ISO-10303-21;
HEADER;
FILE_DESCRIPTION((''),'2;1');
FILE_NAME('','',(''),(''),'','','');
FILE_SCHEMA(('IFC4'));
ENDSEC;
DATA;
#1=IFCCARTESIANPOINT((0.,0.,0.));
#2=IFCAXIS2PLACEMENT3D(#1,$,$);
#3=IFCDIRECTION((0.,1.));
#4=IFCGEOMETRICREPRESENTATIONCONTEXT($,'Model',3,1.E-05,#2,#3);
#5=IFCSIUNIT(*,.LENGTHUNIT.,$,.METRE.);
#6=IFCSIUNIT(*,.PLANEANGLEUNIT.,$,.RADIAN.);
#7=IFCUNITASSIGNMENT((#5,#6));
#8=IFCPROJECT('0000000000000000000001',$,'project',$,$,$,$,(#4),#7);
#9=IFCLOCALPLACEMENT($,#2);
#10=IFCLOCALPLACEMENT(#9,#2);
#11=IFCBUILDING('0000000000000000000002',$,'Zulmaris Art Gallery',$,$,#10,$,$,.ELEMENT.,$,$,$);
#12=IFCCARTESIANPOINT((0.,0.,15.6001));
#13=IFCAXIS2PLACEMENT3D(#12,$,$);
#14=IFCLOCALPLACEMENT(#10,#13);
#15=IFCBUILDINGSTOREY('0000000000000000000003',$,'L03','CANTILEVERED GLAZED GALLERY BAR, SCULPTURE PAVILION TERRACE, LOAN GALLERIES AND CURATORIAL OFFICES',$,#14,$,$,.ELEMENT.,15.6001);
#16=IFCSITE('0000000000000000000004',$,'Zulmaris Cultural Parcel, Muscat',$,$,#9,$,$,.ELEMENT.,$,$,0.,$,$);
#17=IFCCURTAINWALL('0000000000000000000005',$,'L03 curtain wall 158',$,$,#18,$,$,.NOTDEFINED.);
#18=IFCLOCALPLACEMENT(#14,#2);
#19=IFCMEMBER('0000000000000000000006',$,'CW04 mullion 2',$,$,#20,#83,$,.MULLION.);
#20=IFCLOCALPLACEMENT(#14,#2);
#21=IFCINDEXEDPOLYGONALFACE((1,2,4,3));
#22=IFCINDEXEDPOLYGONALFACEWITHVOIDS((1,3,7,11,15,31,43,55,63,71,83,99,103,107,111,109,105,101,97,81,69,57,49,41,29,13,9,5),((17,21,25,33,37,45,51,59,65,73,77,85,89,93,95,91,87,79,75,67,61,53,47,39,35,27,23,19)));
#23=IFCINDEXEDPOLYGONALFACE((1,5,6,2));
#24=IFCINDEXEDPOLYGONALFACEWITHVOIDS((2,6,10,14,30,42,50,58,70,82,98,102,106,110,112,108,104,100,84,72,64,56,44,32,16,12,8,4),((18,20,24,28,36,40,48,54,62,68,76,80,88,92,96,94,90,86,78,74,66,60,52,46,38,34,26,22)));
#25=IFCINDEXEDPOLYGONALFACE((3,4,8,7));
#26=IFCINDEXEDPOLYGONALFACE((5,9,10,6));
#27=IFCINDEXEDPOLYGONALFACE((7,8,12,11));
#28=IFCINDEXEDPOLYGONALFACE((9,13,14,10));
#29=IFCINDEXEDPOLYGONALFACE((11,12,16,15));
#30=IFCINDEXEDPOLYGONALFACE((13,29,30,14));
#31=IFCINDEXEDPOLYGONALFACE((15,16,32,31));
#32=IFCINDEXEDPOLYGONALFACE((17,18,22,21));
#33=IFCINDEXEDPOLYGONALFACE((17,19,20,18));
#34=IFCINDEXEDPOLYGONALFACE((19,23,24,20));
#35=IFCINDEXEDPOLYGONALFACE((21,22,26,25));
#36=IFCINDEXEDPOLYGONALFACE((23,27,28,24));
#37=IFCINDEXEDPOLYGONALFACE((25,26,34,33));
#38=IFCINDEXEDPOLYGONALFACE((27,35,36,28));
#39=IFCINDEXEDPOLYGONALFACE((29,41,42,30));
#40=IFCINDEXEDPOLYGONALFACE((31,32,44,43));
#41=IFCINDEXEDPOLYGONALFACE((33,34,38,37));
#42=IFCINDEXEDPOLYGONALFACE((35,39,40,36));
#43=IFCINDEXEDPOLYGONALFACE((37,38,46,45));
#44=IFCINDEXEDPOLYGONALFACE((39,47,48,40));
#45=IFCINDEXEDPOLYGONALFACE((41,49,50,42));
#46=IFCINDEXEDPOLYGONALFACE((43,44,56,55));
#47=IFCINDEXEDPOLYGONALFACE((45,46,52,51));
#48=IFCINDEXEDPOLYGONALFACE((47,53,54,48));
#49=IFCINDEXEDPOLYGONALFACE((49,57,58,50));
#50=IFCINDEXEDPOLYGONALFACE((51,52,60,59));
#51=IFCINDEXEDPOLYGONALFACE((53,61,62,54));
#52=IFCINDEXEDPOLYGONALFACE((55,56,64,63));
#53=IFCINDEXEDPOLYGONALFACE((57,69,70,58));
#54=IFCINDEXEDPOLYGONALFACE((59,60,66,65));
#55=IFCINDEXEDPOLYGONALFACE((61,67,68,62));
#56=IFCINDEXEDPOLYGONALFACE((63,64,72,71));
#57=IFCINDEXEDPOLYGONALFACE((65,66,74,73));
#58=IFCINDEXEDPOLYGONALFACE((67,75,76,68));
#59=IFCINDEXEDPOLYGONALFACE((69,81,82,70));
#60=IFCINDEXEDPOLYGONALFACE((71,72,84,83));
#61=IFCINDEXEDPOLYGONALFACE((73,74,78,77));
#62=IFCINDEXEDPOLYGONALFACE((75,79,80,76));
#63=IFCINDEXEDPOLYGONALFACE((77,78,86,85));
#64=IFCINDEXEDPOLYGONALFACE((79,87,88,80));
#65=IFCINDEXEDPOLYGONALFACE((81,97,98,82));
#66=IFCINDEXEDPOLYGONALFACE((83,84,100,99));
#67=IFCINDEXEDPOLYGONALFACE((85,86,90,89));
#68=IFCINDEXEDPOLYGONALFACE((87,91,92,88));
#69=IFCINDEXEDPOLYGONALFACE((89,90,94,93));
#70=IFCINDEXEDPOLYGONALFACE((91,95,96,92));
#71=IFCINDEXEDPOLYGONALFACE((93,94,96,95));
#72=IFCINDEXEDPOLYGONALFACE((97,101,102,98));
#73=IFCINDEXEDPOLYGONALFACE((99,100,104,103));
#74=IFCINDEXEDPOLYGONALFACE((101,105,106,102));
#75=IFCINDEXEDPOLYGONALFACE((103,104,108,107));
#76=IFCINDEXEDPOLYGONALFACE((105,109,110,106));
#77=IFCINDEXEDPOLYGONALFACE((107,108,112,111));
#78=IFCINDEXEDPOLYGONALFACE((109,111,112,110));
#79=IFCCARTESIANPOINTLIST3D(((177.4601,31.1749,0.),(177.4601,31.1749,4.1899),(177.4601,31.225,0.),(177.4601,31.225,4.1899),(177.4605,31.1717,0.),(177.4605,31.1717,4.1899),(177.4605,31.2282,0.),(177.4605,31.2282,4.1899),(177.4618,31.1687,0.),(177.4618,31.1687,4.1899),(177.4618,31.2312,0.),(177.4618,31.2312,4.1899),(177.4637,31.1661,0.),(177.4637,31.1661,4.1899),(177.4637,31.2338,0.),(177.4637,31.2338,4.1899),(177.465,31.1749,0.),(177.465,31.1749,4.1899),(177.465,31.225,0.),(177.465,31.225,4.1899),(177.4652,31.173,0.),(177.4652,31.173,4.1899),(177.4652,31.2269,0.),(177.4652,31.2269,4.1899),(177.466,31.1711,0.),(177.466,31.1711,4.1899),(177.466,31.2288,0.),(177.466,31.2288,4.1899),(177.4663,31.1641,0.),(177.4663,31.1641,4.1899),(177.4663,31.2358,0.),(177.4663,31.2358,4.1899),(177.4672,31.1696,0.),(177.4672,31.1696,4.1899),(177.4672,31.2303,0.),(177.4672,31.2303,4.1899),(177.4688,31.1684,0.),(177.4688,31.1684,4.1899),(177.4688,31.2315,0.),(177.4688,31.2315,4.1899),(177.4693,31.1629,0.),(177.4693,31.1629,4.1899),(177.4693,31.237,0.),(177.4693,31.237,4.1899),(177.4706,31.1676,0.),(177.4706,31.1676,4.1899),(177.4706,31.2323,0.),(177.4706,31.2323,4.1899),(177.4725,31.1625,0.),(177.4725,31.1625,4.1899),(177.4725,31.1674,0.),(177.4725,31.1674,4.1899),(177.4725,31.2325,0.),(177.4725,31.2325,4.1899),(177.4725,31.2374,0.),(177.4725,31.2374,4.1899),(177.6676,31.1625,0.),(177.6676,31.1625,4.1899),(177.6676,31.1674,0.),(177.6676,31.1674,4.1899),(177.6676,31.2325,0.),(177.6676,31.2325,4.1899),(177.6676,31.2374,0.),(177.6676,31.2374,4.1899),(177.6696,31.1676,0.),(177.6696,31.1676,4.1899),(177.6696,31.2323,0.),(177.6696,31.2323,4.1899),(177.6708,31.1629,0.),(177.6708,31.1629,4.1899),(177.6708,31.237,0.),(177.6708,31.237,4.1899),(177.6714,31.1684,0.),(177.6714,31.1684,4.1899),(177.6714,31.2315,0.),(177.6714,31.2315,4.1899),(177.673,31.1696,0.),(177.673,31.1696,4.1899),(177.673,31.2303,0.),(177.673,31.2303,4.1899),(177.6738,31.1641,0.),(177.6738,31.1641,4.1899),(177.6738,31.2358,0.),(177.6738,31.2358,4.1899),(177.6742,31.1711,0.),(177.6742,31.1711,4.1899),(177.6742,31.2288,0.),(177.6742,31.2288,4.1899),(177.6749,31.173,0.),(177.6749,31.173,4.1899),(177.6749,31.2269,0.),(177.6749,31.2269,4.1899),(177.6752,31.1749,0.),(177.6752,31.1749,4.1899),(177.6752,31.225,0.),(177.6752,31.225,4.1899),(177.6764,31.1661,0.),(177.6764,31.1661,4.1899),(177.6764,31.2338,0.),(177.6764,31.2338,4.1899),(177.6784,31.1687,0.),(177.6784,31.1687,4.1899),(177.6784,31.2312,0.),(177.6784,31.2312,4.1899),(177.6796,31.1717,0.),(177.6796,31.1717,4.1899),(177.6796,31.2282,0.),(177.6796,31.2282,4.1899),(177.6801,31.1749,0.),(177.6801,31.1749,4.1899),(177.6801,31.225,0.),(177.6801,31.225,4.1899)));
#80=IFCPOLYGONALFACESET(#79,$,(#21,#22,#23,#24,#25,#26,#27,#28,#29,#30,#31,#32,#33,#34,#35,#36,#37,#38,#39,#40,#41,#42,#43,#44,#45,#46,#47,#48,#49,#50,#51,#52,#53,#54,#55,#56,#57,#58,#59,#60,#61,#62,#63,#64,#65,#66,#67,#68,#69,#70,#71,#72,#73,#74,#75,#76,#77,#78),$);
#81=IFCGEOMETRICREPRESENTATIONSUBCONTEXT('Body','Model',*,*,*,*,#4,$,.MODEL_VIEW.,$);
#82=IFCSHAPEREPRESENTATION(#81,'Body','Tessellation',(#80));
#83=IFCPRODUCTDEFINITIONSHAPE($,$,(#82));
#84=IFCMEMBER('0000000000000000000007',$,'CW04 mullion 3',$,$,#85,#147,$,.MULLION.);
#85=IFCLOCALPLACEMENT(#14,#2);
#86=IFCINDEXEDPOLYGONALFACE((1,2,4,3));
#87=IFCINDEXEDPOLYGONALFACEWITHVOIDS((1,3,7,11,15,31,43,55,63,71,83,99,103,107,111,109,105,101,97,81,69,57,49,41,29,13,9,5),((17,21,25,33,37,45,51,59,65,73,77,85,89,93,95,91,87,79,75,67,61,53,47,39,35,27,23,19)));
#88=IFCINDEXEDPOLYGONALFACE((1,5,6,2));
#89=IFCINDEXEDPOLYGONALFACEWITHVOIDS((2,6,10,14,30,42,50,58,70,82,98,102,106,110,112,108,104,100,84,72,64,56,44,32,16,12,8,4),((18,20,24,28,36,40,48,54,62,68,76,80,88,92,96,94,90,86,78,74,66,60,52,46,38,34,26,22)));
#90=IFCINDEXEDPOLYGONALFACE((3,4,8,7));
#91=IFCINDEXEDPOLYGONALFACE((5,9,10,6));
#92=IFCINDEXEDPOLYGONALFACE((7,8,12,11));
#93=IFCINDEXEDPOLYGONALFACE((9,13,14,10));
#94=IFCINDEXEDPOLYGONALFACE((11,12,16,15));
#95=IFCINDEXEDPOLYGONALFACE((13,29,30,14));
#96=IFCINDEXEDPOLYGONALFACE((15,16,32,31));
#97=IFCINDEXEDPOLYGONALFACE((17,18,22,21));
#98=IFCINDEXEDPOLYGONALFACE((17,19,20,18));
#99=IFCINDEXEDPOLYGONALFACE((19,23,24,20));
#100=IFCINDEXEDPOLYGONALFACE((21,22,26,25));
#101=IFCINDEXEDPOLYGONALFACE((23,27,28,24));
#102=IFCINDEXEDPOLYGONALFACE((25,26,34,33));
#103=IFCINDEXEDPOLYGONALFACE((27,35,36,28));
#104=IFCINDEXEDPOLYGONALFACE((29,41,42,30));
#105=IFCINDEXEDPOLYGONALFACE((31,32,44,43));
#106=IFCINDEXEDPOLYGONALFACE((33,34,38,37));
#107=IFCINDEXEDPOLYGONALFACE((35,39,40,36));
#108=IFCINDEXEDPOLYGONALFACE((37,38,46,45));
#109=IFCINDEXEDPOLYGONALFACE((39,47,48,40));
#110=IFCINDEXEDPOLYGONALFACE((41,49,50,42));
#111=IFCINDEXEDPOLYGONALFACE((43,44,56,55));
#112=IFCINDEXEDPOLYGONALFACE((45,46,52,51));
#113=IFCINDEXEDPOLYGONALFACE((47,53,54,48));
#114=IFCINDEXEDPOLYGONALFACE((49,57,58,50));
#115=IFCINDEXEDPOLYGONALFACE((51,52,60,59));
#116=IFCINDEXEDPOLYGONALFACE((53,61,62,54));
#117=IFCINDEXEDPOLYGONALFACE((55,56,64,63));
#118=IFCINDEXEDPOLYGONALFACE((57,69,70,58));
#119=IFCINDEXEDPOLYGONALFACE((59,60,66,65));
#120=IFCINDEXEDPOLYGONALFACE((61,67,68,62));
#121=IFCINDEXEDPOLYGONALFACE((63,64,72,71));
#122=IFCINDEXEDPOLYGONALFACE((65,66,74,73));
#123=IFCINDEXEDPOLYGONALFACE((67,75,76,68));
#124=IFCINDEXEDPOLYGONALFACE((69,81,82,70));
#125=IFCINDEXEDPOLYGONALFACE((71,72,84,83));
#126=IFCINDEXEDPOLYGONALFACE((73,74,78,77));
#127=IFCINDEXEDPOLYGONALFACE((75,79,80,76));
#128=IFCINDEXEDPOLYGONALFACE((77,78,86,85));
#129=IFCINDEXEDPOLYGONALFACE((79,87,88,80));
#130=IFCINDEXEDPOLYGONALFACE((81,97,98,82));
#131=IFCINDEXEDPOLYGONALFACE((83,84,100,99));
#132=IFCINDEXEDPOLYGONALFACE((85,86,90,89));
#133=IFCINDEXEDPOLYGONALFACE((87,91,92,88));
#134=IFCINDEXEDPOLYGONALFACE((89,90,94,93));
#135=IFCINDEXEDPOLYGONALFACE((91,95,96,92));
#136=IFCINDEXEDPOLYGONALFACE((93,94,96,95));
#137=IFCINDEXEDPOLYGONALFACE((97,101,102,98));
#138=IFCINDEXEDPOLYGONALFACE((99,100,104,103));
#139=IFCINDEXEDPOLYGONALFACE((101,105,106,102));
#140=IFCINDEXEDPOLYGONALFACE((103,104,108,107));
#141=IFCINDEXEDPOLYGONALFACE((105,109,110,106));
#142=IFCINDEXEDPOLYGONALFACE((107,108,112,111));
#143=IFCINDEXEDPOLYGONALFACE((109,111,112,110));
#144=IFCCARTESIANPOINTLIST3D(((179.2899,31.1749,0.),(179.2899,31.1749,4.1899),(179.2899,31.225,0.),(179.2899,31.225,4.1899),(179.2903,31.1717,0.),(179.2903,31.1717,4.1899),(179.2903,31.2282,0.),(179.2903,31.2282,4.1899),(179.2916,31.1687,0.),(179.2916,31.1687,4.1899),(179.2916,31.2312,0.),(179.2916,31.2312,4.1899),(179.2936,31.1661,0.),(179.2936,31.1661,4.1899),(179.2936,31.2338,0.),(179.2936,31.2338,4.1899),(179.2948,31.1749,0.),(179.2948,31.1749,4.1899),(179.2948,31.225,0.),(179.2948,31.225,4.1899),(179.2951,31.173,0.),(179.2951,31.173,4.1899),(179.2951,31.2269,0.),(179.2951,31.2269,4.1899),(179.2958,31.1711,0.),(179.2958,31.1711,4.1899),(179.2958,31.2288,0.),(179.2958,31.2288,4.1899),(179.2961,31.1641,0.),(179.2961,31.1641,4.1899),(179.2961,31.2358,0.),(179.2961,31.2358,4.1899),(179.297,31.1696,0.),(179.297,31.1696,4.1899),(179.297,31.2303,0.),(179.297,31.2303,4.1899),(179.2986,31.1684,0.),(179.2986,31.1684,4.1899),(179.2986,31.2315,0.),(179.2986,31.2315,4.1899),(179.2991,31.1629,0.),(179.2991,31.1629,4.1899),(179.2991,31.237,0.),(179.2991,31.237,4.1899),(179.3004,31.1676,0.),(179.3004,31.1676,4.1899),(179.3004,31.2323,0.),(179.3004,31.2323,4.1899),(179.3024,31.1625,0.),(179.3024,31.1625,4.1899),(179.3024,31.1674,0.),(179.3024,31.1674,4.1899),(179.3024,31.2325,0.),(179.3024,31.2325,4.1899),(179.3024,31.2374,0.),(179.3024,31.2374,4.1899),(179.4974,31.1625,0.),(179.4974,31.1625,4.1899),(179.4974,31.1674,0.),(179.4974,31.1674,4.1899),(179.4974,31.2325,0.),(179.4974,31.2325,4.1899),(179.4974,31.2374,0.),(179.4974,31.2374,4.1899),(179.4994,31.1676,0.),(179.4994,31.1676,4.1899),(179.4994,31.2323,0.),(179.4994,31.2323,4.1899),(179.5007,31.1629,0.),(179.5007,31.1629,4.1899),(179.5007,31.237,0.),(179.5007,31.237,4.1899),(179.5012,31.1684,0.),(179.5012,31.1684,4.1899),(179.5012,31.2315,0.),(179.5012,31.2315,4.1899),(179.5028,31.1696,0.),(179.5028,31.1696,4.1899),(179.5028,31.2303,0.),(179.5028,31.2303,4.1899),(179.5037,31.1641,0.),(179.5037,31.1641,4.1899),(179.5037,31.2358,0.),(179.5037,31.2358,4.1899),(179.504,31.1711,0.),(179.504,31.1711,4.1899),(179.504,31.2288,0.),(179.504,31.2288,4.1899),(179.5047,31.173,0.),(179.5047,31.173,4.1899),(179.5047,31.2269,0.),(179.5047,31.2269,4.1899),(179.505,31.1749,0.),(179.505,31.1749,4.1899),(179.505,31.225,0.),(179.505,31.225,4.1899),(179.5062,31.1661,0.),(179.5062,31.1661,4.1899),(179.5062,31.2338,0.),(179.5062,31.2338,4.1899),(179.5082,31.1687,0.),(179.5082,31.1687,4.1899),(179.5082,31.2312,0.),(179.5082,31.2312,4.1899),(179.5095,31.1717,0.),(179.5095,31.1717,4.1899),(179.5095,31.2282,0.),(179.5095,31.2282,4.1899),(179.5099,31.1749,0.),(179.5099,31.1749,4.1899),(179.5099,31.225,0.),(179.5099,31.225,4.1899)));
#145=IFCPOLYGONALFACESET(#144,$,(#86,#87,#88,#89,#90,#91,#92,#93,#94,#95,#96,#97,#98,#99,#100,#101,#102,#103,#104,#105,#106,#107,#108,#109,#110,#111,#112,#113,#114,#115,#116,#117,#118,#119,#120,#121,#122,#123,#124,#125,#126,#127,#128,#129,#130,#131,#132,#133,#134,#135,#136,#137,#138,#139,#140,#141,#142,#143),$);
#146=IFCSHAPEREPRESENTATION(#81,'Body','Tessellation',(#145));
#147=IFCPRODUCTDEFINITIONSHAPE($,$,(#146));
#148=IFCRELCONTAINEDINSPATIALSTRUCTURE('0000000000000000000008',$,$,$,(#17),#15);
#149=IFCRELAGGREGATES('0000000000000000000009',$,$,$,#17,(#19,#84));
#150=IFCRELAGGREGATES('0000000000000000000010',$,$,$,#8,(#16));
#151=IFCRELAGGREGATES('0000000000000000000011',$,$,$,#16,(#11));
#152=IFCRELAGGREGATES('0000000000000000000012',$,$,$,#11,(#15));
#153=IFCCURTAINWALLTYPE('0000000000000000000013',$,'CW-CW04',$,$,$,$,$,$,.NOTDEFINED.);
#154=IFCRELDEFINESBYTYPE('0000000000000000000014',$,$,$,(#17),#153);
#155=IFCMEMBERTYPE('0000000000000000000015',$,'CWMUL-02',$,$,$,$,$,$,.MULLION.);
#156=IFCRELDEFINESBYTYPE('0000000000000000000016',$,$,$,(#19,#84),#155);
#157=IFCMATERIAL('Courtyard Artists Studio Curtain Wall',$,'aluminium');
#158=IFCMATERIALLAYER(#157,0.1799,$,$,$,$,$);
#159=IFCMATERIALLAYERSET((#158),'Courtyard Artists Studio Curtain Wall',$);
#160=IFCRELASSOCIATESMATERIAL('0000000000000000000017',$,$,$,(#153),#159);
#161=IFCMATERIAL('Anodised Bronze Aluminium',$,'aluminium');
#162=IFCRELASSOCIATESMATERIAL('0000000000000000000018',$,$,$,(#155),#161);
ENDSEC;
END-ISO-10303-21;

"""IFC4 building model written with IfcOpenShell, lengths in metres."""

from ifc_helpers import new_model, si_unit, direction, frame, origin, origin_2d, place, context, subcontext, project, spatial, hollow_rectangle, extrude, material, layer, layer_set, material_profile, profile_set, type_object, element, aggregate, save


model = new_model("IFC4")

# Units and contexts
model_context = context("Model", 3, precision=1e-05, world=origin(), true_north=direction((0.0, 1.0)))
body_context = subcontext(model_context, "Body", "Model", "MODEL_VIEW")
ifc_project = project(units=[si_unit("LENGTHUNIT", "METRE"), si_unit("PLANEANGLEUNIT", "RADIAN")], contexts=[model_context])

# Site, building, storey
site_placement = place(None, origin())
site = spatial("IfcSite", under=ifc_project, at=site_placement, Name="Zulmaris Cultural Parcel, Muscat", CompositionType="ELEMENT", RefElevation=0.0)
building_placement = place(site_placement, origin())
building = spatial("IfcBuilding", under=site, at=building_placement, Name="Zulmaris Art Gallery", CompositionType="ELEMENT")
storey_placement = place(building_placement, frame((0.0, 0.0, 15.6001)))
storey = spatial("IfcBuildingStorey", under=building, at=storey_placement, Name="L03", Description="CANTILEVERED GLAZED GALLERY BAR, SCULPTURE PAVILION TERRACE, LOAN GALLERIES AND CURATORIAL OFFICES", CompositionType="ELEMENT", Elevation=15.6001)

# Curtain wall, members
ifc_material_1 = material(Name="Courtyard Artists Studio Curtain Wall", Category="aluminium")
ifc_layer_1 = layer(ifc_material_1, 0.1799)
ifc_layer_set_1 = layer_set([ifc_layer_1], Name="Courtyard Artists Studio Curtain Wall")
curtain_wall_type = type_object("IfcCurtainWallType", Name="CW-CW04", PredefinedType="NOTDEFINED", material=ifc_layer_set_1)
curtain_wall_placement = place(storey_placement, origin())
curtain_wall = element("IfcCurtainWall", 1, at=curtain_wall_placement, inside=storey, type_object=curtain_wall_type, Name="L03 curtain wall 158", PredefinedType="NOTDEFINED")
ifc_material_2 = material(Name="Anodised Bronze Aluminium", Category="aluminium")
ifc_material_profile_1 = material_profile(ifc_material_2, hollow_rectangle(XDim=0.075, YDim=0.22, WallThickness=0.0049, InnerFilletRadius=0.0076, OuterFilletRadius=0.0125, at=origin_2d()), Name="ALU 75x220x5")
ifc_profile_set_1 = profile_set([ifc_material_profile_1], Name="Anodised Bronze Aluminium")
member_type_1 = type_object("IfcMemberType", Name="CWMUL-02", PredefinedType="MULLION", material=ifc_profile_set_1)
member_1_placement = place(storey_placement, frame((177.5701, 31.2, 0.0), z_axis=(0.0, 0.0, 1.0), x_axis=(0.0, 1.0, 0.0)))
member_1 = element("IfcMember", 2, at=member_1_placement, type_object=member_type_1, Name="CW04 mullion 2", PredefinedType="MULLION", context=body_context, shape_type="SweptSolid", body=[
    extrude(hollow_rectangle(XDim=0.075, YDim=0.22, WallThickness=0.0049, InnerFilletRadius=0.0076, OuterFilletRadius=0.0125, at=origin_2d()), origin(), (0.0, 0.0, 1.0), 4.1899),
])
member_2_placement = place(storey_placement, frame((179.3999, 31.2, 0.0), z_axis=(0.0, 0.0, 1.0), x_axis=(0.0, 1.0, 0.0)))
member_2 = element("IfcMember", 3, at=member_2_placement, type_object=member_type_1, Name="CW04 mullion 3", PredefinedType="MULLION", context=body_context, shape_type="SweptSolid", body=[
    extrude(hollow_rectangle(XDim=0.075, YDim=0.22, WallThickness=0.0049, InnerFilletRadius=0.0076, OuterFilletRadius=0.0125, at=origin_2d()), origin(), (0.0, 0.0, 1.0), 4.1899),
])
aggregate(curtain_wall, [member_1, member_2])

save(model, "model.ifc")
